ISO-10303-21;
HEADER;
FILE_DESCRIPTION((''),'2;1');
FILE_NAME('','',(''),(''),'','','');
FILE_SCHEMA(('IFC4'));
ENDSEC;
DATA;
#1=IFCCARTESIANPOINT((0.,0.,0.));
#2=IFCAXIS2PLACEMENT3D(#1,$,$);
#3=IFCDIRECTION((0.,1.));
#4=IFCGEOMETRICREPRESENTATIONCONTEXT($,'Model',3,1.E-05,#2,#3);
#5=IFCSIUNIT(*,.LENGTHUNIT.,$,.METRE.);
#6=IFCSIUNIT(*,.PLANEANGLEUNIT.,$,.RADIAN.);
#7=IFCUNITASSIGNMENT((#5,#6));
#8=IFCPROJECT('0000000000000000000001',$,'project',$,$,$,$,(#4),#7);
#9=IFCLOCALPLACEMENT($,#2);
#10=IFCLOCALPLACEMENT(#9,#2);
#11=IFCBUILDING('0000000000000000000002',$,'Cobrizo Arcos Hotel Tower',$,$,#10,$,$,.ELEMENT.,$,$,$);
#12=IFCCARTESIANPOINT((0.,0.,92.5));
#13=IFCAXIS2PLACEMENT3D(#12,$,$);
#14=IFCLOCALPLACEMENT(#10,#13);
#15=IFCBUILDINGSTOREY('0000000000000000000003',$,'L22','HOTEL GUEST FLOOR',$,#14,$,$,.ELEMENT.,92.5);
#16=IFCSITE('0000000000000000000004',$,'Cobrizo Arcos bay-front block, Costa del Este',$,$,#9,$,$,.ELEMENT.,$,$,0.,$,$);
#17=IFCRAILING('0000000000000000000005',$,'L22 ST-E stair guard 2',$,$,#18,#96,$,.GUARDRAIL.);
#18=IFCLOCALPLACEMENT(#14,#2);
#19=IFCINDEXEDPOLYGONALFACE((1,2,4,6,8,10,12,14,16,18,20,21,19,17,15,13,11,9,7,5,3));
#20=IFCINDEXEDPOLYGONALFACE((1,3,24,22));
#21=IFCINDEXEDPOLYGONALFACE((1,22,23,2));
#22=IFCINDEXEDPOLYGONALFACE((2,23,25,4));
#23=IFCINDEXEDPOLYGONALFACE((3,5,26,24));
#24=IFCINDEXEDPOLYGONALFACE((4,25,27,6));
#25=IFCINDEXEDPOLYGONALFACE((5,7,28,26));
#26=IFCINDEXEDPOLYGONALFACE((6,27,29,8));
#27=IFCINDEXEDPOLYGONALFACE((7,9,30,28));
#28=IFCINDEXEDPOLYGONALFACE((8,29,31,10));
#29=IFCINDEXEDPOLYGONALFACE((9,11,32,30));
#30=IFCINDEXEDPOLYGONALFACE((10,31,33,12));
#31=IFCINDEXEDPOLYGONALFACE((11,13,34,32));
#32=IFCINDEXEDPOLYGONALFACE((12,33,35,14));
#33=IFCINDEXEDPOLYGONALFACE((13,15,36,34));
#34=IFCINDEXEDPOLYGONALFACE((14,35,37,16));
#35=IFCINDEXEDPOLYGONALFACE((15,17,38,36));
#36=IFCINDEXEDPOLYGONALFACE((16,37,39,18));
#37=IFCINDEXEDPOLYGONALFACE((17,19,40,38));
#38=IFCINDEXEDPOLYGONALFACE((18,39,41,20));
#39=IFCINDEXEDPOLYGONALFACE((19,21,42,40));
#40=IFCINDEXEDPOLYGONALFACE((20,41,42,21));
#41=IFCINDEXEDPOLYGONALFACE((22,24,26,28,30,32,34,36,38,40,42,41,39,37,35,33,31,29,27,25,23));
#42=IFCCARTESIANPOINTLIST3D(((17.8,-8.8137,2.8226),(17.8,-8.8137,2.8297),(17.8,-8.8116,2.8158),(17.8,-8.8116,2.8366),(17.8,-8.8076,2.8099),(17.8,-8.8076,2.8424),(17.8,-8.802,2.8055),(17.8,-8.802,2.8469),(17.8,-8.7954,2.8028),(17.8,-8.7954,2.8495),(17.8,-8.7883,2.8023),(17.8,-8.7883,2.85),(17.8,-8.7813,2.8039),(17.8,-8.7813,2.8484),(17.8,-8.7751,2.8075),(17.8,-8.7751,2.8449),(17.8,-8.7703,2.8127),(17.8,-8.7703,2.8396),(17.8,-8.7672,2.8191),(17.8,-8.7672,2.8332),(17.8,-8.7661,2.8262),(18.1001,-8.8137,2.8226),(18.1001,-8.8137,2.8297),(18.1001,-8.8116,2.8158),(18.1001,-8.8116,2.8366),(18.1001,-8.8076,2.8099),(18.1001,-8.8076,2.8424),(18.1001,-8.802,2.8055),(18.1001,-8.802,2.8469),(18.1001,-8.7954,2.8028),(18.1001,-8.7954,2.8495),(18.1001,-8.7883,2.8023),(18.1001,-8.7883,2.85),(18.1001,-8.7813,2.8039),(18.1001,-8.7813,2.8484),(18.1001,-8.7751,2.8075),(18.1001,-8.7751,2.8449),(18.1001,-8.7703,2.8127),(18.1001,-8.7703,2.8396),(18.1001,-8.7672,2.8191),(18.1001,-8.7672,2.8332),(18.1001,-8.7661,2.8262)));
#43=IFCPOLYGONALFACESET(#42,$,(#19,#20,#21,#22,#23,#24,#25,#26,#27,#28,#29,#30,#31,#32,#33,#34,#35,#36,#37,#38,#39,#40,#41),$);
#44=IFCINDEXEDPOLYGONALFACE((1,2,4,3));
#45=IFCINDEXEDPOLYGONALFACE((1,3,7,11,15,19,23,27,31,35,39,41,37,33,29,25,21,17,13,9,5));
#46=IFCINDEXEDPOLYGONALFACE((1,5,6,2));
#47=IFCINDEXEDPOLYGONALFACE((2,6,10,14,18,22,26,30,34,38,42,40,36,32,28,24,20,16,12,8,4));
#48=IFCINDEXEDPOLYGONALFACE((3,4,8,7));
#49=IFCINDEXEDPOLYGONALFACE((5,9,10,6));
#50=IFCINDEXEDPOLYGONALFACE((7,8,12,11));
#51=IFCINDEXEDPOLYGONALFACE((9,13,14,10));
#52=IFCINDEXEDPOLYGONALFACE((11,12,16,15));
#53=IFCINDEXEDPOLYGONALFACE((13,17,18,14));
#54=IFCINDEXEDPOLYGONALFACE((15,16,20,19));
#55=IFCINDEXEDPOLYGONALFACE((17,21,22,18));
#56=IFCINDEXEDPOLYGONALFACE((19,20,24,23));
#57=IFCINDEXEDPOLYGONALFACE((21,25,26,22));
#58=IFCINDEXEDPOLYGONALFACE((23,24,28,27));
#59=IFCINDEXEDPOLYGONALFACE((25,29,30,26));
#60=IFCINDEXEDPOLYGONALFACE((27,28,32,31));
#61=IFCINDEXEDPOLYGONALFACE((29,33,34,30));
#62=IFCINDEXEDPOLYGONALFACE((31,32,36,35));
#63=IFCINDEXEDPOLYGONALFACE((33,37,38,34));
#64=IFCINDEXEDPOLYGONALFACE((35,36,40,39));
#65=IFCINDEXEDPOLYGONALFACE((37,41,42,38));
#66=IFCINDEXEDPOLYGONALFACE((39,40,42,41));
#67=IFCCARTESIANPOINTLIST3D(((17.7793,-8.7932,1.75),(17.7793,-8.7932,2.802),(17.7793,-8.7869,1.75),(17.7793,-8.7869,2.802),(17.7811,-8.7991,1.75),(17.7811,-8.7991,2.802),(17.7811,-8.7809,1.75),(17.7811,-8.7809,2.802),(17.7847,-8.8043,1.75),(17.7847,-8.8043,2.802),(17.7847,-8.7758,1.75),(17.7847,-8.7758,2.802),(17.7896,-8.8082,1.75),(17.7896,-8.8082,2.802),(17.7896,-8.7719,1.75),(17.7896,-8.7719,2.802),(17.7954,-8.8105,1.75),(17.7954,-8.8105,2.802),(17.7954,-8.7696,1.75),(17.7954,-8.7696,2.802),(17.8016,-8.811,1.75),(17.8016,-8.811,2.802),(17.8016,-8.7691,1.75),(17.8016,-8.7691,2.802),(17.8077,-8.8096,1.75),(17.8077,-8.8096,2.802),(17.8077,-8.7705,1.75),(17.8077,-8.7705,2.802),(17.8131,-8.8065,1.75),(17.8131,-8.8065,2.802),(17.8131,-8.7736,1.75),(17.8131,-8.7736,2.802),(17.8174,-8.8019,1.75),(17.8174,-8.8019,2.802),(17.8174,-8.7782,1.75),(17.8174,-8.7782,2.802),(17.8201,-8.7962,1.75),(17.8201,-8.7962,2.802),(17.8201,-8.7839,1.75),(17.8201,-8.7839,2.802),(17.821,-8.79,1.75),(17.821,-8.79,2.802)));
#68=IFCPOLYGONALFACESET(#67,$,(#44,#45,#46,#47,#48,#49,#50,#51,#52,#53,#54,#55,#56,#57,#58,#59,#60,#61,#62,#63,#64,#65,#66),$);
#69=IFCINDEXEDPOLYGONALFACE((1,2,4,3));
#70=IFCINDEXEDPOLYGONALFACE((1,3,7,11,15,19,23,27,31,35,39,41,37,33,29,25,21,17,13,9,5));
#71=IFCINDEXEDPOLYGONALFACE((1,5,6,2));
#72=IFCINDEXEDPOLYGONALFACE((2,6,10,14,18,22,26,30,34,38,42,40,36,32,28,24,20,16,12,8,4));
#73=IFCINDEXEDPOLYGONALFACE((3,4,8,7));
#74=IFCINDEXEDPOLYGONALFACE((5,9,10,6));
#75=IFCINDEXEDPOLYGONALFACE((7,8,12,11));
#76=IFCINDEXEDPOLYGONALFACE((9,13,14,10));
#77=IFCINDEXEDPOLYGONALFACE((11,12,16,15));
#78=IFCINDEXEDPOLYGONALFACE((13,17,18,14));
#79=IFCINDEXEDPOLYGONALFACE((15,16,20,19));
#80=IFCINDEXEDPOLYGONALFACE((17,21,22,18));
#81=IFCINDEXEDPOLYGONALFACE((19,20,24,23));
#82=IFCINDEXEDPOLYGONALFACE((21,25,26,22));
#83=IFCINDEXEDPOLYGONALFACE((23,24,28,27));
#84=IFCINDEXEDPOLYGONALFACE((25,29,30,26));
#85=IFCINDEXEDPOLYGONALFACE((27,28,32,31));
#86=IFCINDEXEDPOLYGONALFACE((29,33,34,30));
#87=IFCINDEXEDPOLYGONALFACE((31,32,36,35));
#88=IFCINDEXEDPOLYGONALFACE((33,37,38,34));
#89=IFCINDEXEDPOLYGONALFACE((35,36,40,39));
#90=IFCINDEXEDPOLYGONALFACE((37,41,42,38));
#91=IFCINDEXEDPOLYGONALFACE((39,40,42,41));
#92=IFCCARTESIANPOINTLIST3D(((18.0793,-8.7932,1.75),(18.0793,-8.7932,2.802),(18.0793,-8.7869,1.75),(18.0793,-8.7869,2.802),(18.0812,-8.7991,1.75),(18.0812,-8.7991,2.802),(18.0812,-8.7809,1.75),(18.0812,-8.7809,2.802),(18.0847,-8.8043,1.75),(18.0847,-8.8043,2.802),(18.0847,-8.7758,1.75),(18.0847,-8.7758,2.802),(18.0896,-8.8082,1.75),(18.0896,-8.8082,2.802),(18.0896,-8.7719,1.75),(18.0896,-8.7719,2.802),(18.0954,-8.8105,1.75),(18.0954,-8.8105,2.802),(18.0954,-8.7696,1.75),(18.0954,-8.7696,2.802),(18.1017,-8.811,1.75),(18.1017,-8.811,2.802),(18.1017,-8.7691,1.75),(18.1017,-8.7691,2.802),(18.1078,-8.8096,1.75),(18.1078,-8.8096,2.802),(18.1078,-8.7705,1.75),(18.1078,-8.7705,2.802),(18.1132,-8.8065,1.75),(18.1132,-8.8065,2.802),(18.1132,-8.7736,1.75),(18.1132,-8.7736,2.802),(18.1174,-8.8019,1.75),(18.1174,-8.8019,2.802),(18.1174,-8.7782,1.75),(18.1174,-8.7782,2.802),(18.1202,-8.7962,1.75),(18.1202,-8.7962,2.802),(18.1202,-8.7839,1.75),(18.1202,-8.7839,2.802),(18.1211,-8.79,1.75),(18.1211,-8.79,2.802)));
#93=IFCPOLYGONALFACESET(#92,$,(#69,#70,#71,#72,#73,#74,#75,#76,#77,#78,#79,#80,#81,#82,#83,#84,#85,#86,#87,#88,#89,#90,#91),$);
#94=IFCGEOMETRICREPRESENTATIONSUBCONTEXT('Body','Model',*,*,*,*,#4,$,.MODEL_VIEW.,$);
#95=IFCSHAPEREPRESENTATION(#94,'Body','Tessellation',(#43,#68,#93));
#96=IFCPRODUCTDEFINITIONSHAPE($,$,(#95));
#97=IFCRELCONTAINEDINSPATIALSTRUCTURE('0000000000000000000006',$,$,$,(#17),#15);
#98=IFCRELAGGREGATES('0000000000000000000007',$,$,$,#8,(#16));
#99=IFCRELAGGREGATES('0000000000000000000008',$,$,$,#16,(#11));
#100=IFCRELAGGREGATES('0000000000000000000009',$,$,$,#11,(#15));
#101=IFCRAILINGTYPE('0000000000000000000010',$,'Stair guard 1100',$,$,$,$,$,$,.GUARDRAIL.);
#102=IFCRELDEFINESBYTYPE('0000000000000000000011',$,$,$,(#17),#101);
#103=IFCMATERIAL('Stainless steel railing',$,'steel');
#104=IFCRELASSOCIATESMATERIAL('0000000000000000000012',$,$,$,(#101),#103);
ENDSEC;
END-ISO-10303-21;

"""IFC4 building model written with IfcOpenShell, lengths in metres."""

from ifc_helpers import new_model, si_unit, direction, frame, origin, origin_2d, place, context, subcontext, project, spatial, circle, extrude, material, type_object, element, save


model = new_model("IFC4")

# Units and contexts
model_context = context("Model", 3, precision=1e-05, world=origin(), true_north=direction((0.0, 1.0)))
body_context = subcontext(model_context, "Body", "Model", "MODEL_VIEW")
ifc_project = project(units=[si_unit("LENGTHUNIT", "METRE"), si_unit("PLANEANGLEUNIT", "RADIAN")], contexts=[model_context])

# Site, building, storey
site_placement = place(None, origin())
site = spatial("IfcSite", under=ifc_project, at=site_placement, Name="Cobrizo Arcos bay-front block, Costa del Este", CompositionType="ELEMENT", RefElevation=0.0)
building_placement = place(site_placement, origin())
building = spatial("IfcBuilding", under=site, at=building_placement, Name="Cobrizo Arcos Hotel Tower", CompositionType="ELEMENT")
storey_placement = place(building_placement, frame((0.0, 0.0, 92.5)))
storey = spatial("IfcBuildingStorey", under=building, at=storey_placement, Name="L22", Description="HOTEL GUEST FLOOR", CompositionType="ELEMENT", Elevation=92.5)

# Railing
ifc_material_1 = material(Name="Stainless steel railing", Category="steel")
railing_type_1 = type_object("IfcRailingType", Name="Stair guard 1100", PredefinedType="GUARDRAIL", material=ifc_material_1)
railing_1_placement = place(storey_placement, frame((17.8, -8.79, 1.75)))
element("IfcRailing", 1, at=railing_1_placement, inside=storey, type_object=railing_type_1, Name="L22 ST-E stair guard 2", PredefinedType="GUARDRAIL", context=body_context, shape_type="SweptSolid", body=[
    extrude(circle(Radius=0.0239, at=origin_2d()), frame((0.0, 0.0, 1.0762), z_axis=(1.0, 0.0, 0.0), x_axis=(0.0, 1.0, 0.0)), (0.0, 0.0, 1.0), 0.3),
    extrude(circle(Radius=0.021, at=origin_2d()), origin(), (0.0, 0.0, 1.0), 1.052),
    extrude(circle(Radius=0.021, at=origin_2d()), frame((0.3, 0.0, 0.0)), (0.0, 0.0, 1.0), 1.052),
])

save(model, "model.ifc")
